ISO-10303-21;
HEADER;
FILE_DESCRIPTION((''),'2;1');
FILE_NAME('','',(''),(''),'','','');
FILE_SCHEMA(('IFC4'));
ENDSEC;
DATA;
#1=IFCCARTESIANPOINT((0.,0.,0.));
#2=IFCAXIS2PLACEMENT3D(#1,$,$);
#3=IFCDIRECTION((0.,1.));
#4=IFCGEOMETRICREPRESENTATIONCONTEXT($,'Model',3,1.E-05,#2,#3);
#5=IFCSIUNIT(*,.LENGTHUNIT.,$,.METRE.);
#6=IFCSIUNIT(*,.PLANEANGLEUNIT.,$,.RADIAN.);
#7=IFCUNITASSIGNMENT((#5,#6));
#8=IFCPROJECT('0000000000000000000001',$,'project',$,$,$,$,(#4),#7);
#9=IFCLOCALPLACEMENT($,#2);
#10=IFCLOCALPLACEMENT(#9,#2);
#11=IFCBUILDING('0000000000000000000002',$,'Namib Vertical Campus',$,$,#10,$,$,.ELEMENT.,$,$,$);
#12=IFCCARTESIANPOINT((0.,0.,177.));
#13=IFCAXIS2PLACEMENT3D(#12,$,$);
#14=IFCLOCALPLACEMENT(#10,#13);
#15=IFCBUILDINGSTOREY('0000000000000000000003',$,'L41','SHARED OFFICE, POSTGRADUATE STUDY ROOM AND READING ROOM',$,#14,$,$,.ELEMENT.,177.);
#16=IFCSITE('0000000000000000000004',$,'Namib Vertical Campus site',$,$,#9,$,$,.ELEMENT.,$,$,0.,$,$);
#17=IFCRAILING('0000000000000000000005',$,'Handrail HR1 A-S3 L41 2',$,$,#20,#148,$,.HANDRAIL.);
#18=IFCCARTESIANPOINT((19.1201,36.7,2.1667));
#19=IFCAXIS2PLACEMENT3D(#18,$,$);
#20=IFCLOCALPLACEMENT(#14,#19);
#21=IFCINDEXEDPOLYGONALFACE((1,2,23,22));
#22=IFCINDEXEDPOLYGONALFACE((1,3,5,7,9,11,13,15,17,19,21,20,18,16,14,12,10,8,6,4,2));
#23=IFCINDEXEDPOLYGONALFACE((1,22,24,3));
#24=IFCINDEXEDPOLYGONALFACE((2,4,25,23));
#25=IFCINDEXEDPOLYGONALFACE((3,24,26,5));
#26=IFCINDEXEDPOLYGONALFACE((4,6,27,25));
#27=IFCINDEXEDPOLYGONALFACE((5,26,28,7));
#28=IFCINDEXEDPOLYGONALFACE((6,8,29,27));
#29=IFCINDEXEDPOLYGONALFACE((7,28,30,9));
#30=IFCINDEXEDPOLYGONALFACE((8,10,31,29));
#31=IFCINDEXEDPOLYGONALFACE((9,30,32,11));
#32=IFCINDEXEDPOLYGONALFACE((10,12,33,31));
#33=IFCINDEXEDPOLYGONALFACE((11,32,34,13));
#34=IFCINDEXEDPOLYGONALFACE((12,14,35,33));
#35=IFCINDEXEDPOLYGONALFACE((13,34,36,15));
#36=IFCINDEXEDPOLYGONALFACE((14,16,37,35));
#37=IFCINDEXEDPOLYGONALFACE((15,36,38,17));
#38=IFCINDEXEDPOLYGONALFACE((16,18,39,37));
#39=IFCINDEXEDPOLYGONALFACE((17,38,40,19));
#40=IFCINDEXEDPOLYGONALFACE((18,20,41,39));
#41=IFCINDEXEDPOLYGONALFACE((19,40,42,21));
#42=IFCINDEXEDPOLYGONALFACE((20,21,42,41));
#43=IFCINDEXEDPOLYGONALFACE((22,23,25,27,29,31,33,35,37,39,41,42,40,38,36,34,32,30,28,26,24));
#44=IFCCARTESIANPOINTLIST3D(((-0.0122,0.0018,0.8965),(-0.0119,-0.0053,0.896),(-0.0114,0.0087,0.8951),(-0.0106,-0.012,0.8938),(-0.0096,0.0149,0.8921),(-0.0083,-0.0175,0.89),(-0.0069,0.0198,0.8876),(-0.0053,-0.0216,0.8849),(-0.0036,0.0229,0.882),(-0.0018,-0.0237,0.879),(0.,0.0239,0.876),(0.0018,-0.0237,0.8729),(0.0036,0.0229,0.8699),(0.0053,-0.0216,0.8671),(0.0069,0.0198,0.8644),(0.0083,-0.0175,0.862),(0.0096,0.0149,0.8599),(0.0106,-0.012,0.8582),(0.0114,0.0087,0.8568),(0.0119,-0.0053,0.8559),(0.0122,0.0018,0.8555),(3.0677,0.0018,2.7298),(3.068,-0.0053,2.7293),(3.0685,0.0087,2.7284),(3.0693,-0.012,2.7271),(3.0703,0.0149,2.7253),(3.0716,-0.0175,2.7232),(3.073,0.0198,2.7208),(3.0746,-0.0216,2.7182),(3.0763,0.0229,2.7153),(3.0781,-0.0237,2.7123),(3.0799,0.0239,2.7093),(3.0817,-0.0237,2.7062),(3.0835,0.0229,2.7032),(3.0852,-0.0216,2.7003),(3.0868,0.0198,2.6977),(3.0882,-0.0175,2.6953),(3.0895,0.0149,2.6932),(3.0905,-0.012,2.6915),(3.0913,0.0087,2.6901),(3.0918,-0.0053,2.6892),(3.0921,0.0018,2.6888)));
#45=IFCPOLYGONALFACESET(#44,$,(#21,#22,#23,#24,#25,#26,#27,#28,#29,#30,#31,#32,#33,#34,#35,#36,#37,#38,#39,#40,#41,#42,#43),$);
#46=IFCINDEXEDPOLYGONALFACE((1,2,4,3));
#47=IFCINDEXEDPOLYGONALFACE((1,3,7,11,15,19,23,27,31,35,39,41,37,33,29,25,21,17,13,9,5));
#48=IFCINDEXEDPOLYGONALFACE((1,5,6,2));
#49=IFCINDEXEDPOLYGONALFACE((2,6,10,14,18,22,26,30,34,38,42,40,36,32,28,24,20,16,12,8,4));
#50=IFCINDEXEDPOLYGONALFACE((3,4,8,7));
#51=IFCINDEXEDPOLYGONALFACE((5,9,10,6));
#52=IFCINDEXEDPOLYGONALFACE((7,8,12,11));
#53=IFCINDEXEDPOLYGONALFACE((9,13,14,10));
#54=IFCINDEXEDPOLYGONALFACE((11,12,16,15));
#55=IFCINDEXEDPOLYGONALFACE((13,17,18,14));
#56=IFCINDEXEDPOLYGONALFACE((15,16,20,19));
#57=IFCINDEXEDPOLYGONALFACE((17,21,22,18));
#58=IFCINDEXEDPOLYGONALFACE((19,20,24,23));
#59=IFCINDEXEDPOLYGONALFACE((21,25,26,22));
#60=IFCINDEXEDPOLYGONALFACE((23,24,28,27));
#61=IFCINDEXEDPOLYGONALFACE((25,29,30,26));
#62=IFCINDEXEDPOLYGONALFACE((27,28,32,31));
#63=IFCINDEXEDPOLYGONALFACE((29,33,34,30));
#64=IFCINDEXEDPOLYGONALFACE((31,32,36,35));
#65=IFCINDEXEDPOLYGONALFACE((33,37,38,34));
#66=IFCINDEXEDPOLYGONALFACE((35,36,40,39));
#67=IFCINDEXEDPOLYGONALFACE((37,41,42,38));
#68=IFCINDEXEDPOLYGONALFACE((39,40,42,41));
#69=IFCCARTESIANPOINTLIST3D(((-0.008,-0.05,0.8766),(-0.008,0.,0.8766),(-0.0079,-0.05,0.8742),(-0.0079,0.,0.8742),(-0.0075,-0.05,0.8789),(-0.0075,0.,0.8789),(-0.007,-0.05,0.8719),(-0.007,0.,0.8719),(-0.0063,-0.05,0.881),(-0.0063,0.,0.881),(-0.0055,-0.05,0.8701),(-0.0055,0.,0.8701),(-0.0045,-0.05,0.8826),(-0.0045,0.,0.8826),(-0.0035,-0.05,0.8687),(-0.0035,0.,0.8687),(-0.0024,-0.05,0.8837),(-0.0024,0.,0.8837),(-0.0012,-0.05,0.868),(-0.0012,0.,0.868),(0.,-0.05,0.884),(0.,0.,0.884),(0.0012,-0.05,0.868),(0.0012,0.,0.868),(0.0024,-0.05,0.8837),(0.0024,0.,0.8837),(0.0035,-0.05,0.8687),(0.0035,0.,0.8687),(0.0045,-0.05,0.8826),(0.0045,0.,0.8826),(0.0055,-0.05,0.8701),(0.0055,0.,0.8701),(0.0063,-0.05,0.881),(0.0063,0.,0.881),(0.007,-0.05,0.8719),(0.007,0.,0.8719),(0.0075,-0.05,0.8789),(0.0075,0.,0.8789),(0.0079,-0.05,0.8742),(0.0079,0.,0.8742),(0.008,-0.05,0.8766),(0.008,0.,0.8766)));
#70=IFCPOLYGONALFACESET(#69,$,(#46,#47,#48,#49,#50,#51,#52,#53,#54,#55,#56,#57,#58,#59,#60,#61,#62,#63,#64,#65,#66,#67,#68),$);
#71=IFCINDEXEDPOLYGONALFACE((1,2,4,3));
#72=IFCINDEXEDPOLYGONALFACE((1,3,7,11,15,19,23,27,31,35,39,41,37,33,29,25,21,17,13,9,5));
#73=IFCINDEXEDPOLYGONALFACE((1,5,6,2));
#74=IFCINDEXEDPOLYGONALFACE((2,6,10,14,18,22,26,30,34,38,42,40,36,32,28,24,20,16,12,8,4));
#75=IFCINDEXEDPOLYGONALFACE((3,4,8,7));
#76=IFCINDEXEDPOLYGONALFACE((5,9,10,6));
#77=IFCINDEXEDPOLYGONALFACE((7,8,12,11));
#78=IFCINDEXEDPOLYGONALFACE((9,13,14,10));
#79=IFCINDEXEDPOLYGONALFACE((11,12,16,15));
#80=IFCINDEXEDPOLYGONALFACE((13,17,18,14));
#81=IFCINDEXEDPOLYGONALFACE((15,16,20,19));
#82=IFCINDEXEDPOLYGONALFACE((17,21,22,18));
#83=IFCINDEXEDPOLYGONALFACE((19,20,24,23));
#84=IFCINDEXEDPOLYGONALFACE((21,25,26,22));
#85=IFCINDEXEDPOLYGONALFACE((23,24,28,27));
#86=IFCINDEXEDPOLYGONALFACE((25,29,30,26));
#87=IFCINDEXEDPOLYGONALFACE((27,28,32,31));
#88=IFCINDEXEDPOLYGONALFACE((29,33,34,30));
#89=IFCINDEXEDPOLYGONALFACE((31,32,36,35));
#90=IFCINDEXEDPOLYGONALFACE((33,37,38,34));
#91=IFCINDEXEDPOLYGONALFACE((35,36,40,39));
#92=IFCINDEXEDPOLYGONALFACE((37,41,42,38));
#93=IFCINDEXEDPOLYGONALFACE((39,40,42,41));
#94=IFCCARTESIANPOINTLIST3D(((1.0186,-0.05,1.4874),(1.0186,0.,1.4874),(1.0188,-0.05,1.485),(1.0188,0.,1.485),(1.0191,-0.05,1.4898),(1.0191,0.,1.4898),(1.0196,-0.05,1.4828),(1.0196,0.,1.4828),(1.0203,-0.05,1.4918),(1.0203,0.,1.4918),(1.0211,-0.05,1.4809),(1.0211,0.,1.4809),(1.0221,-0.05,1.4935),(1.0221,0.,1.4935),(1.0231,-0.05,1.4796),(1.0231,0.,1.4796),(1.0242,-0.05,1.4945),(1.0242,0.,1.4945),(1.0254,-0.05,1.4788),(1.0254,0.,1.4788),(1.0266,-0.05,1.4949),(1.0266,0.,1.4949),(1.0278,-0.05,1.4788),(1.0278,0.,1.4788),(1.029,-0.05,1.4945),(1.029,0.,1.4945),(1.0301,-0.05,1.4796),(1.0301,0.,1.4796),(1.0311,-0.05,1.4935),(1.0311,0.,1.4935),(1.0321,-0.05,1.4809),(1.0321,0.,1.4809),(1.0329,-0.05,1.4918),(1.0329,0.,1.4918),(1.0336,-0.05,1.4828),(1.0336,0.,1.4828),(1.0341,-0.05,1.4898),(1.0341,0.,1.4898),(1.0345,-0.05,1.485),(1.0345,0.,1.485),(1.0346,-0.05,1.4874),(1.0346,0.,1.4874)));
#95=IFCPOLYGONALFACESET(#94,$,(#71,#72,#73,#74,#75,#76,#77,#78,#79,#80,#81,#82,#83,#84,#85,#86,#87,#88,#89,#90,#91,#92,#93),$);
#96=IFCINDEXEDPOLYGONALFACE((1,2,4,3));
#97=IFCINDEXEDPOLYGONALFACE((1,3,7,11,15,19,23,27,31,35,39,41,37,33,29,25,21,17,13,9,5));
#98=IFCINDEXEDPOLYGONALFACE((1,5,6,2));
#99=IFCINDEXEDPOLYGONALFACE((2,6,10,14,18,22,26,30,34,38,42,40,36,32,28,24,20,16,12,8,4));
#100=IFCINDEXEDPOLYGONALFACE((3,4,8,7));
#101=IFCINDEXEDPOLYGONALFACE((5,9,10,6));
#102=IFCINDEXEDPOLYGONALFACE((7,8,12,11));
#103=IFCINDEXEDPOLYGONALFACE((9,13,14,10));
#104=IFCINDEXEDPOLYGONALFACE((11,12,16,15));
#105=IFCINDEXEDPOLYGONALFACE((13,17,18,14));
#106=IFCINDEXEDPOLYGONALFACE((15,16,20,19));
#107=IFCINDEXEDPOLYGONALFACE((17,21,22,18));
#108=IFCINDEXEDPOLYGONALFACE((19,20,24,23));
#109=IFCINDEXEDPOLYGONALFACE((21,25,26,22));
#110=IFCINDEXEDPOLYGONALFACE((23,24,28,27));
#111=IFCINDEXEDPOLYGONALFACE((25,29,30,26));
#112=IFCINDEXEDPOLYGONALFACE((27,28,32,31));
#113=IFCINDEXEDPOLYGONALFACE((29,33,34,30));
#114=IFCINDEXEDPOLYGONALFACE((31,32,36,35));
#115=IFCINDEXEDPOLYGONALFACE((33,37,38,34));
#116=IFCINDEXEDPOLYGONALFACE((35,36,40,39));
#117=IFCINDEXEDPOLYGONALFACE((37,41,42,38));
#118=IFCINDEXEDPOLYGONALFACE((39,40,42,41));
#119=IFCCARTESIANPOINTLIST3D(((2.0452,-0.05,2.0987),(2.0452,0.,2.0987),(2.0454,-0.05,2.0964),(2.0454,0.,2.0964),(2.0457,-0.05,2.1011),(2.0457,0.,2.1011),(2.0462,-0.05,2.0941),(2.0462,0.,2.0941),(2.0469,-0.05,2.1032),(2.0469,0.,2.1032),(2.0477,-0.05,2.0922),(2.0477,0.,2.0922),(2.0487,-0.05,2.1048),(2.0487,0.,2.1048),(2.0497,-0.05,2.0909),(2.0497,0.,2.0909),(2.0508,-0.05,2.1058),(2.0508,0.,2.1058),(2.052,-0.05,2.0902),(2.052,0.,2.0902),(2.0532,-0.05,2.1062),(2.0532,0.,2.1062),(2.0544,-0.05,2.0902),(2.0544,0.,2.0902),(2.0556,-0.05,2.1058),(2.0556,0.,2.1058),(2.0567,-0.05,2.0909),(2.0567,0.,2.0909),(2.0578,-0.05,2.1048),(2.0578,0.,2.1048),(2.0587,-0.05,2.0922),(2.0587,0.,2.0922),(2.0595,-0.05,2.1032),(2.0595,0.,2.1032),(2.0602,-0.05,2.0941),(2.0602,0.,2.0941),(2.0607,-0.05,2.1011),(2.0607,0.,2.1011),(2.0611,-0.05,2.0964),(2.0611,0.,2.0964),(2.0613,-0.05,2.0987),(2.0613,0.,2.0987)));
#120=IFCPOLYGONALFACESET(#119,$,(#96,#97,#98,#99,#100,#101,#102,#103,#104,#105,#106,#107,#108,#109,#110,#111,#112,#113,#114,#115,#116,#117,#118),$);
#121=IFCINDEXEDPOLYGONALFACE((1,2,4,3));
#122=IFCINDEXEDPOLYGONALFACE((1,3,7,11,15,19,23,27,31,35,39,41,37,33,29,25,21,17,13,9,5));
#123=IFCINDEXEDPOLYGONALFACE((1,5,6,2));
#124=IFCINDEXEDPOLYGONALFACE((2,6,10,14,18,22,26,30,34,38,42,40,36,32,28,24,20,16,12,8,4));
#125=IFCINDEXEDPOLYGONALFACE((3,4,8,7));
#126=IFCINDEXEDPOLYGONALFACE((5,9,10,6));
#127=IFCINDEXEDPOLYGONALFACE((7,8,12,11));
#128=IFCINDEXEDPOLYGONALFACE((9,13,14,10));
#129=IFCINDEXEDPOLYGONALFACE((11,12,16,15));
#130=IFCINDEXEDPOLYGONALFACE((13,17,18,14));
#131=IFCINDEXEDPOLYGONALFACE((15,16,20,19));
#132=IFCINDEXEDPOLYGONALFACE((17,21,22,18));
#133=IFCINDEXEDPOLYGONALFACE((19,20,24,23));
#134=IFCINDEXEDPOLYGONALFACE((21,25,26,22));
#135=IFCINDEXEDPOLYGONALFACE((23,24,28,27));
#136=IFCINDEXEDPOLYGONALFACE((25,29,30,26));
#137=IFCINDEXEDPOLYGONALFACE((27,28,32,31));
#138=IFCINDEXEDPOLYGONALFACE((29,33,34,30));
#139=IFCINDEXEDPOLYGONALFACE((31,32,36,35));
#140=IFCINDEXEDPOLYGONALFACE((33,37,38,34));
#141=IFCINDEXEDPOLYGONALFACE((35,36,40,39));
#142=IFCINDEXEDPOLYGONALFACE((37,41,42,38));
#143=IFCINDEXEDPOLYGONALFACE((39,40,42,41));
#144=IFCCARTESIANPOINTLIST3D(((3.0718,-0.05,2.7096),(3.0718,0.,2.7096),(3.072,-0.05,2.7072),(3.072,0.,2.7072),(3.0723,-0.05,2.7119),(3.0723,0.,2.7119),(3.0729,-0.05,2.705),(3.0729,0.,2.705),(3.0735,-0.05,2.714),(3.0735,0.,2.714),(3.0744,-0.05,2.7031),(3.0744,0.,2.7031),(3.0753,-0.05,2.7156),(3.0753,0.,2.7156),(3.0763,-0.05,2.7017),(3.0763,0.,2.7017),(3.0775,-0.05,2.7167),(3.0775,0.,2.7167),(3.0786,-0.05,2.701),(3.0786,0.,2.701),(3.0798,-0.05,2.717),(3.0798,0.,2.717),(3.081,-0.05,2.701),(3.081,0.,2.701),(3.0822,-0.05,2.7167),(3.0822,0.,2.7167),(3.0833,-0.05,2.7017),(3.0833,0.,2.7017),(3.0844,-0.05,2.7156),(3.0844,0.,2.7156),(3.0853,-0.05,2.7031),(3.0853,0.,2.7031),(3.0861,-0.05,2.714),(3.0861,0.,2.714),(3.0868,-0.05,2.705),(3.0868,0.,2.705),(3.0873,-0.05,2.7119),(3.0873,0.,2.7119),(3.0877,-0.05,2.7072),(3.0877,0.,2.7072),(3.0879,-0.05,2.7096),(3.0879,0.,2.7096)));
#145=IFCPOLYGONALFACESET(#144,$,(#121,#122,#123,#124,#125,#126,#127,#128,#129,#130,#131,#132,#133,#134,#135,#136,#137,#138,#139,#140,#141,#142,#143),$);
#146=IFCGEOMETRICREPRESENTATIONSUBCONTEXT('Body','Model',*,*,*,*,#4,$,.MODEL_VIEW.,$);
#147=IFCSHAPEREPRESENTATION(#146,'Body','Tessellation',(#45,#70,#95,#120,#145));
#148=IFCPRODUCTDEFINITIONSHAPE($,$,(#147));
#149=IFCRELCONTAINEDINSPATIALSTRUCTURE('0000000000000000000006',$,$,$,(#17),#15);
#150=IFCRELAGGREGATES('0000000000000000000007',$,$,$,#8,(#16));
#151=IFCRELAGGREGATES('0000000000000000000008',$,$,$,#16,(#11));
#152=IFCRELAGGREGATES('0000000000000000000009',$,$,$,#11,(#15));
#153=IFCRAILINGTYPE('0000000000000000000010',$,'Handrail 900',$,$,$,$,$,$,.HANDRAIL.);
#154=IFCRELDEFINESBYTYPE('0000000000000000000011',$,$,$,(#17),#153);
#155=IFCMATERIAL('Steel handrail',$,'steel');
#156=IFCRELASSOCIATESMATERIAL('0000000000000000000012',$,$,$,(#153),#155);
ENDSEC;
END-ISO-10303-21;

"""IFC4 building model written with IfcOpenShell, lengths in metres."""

from ifc_helpers import new_model, si_unit, direction, frame, origin, origin_2d, place, context, subcontext, project, spatial, circle, extrude, material, type_object, element, save


model = new_model("IFC4")

# Units and contexts
model_context = context("Model", 3, precision=1e-05, world=origin(), true_north=direction((0.0, 1.0)))
body_context = subcontext(model_context, "Body", "Model", "MODEL_VIEW")
ifc_project = project(units=[si_unit("LENGTHUNIT", "METRE"), si_unit("PLANEANGLEUNIT", "RADIAN")], contexts=[model_context])

# Site, building, storey
site_placement = place(None, origin())
site = spatial("IfcSite", under=ifc_project, at=site_placement, Name="Namib Vertical Campus site", CompositionType="ELEMENT", RefElevation=0.0)
building_placement = place(site_placement, origin())
building = spatial("IfcBuilding", under=site, at=building_placement, Name="Namib Vertical Campus", CompositionType="ELEMENT")
storey_placement = place(building_placement, frame((0.0, 0.0, 177.0)))
storey = spatial("IfcBuildingStorey", under=building, at=storey_placement, Name="L41", Description="SHARED OFFICE, POSTGRADUATE STUDY ROOM AND READING ROOM", CompositionType="ELEMENT", Elevation=177.0)

# Railing
ifc_material_1 = material(Name="Steel handrail", Category="steel")
railing_type_1 = type_object("IfcRailingType", Name="Handrail 900", PredefinedType="HANDRAIL", material=ifc_material_1)
railing_1_placement = place(storey_placement, frame((19.1201, 36.7, 2.1667)))
element("IfcRailing", 1, at=railing_1_placement, inside=storey, type_object=railing_type_1, Name="Handrail HR1 A-S3 L41 2", PredefinedType="HANDRAIL", context=body_context, shape_type="SweptSolid", body=[
    extrude(circle(Radius=0.0239, at=origin_2d()), frame((0.0, 0.0, 0.876), z_axis=(0.859291, 0.0, 0.511487), x_axis=(0.0, 1.0, 0.0)), (0.0, 0.0, 1.0), 3.5842),
    extrude(circle(Radius=0.0081, at=origin_2d()), frame((0.0, 0.0, 0.876), z_axis=(0.0, -1.0, 0.0), x_axis=(0.0, 0.0, 1.0)), (0.0, 0.0, 1.0), 0.05),
    extrude(circle(Radius=0.0081, at=origin_2d()), frame((1.0266, 0.0, 1.4868), z_axis=(0.0, -1.0, 0.0), x_axis=(0.0, 0.0, 1.0)), (0.0, 0.0, 1.0), 0.05),
    extrude(circle(Radius=0.0081, at=origin_2d()), frame((2.0532, 0.0, 2.0981), z_axis=(0.0, -1.0, 0.0), x_axis=(0.0, 0.0, 1.0)), (0.0, 0.0, 1.0), 0.05),
    extrude(circle(Radius=0.0081, at=origin_2d()), frame((3.0798, 0.0, 2.709), z_axis=(0.0, -1.0, 0.0), x_axis=(0.0, 0.0, 1.0)), (0.0, 0.0, 1.0), 0.05),
])

save(model, "model.ifc")
